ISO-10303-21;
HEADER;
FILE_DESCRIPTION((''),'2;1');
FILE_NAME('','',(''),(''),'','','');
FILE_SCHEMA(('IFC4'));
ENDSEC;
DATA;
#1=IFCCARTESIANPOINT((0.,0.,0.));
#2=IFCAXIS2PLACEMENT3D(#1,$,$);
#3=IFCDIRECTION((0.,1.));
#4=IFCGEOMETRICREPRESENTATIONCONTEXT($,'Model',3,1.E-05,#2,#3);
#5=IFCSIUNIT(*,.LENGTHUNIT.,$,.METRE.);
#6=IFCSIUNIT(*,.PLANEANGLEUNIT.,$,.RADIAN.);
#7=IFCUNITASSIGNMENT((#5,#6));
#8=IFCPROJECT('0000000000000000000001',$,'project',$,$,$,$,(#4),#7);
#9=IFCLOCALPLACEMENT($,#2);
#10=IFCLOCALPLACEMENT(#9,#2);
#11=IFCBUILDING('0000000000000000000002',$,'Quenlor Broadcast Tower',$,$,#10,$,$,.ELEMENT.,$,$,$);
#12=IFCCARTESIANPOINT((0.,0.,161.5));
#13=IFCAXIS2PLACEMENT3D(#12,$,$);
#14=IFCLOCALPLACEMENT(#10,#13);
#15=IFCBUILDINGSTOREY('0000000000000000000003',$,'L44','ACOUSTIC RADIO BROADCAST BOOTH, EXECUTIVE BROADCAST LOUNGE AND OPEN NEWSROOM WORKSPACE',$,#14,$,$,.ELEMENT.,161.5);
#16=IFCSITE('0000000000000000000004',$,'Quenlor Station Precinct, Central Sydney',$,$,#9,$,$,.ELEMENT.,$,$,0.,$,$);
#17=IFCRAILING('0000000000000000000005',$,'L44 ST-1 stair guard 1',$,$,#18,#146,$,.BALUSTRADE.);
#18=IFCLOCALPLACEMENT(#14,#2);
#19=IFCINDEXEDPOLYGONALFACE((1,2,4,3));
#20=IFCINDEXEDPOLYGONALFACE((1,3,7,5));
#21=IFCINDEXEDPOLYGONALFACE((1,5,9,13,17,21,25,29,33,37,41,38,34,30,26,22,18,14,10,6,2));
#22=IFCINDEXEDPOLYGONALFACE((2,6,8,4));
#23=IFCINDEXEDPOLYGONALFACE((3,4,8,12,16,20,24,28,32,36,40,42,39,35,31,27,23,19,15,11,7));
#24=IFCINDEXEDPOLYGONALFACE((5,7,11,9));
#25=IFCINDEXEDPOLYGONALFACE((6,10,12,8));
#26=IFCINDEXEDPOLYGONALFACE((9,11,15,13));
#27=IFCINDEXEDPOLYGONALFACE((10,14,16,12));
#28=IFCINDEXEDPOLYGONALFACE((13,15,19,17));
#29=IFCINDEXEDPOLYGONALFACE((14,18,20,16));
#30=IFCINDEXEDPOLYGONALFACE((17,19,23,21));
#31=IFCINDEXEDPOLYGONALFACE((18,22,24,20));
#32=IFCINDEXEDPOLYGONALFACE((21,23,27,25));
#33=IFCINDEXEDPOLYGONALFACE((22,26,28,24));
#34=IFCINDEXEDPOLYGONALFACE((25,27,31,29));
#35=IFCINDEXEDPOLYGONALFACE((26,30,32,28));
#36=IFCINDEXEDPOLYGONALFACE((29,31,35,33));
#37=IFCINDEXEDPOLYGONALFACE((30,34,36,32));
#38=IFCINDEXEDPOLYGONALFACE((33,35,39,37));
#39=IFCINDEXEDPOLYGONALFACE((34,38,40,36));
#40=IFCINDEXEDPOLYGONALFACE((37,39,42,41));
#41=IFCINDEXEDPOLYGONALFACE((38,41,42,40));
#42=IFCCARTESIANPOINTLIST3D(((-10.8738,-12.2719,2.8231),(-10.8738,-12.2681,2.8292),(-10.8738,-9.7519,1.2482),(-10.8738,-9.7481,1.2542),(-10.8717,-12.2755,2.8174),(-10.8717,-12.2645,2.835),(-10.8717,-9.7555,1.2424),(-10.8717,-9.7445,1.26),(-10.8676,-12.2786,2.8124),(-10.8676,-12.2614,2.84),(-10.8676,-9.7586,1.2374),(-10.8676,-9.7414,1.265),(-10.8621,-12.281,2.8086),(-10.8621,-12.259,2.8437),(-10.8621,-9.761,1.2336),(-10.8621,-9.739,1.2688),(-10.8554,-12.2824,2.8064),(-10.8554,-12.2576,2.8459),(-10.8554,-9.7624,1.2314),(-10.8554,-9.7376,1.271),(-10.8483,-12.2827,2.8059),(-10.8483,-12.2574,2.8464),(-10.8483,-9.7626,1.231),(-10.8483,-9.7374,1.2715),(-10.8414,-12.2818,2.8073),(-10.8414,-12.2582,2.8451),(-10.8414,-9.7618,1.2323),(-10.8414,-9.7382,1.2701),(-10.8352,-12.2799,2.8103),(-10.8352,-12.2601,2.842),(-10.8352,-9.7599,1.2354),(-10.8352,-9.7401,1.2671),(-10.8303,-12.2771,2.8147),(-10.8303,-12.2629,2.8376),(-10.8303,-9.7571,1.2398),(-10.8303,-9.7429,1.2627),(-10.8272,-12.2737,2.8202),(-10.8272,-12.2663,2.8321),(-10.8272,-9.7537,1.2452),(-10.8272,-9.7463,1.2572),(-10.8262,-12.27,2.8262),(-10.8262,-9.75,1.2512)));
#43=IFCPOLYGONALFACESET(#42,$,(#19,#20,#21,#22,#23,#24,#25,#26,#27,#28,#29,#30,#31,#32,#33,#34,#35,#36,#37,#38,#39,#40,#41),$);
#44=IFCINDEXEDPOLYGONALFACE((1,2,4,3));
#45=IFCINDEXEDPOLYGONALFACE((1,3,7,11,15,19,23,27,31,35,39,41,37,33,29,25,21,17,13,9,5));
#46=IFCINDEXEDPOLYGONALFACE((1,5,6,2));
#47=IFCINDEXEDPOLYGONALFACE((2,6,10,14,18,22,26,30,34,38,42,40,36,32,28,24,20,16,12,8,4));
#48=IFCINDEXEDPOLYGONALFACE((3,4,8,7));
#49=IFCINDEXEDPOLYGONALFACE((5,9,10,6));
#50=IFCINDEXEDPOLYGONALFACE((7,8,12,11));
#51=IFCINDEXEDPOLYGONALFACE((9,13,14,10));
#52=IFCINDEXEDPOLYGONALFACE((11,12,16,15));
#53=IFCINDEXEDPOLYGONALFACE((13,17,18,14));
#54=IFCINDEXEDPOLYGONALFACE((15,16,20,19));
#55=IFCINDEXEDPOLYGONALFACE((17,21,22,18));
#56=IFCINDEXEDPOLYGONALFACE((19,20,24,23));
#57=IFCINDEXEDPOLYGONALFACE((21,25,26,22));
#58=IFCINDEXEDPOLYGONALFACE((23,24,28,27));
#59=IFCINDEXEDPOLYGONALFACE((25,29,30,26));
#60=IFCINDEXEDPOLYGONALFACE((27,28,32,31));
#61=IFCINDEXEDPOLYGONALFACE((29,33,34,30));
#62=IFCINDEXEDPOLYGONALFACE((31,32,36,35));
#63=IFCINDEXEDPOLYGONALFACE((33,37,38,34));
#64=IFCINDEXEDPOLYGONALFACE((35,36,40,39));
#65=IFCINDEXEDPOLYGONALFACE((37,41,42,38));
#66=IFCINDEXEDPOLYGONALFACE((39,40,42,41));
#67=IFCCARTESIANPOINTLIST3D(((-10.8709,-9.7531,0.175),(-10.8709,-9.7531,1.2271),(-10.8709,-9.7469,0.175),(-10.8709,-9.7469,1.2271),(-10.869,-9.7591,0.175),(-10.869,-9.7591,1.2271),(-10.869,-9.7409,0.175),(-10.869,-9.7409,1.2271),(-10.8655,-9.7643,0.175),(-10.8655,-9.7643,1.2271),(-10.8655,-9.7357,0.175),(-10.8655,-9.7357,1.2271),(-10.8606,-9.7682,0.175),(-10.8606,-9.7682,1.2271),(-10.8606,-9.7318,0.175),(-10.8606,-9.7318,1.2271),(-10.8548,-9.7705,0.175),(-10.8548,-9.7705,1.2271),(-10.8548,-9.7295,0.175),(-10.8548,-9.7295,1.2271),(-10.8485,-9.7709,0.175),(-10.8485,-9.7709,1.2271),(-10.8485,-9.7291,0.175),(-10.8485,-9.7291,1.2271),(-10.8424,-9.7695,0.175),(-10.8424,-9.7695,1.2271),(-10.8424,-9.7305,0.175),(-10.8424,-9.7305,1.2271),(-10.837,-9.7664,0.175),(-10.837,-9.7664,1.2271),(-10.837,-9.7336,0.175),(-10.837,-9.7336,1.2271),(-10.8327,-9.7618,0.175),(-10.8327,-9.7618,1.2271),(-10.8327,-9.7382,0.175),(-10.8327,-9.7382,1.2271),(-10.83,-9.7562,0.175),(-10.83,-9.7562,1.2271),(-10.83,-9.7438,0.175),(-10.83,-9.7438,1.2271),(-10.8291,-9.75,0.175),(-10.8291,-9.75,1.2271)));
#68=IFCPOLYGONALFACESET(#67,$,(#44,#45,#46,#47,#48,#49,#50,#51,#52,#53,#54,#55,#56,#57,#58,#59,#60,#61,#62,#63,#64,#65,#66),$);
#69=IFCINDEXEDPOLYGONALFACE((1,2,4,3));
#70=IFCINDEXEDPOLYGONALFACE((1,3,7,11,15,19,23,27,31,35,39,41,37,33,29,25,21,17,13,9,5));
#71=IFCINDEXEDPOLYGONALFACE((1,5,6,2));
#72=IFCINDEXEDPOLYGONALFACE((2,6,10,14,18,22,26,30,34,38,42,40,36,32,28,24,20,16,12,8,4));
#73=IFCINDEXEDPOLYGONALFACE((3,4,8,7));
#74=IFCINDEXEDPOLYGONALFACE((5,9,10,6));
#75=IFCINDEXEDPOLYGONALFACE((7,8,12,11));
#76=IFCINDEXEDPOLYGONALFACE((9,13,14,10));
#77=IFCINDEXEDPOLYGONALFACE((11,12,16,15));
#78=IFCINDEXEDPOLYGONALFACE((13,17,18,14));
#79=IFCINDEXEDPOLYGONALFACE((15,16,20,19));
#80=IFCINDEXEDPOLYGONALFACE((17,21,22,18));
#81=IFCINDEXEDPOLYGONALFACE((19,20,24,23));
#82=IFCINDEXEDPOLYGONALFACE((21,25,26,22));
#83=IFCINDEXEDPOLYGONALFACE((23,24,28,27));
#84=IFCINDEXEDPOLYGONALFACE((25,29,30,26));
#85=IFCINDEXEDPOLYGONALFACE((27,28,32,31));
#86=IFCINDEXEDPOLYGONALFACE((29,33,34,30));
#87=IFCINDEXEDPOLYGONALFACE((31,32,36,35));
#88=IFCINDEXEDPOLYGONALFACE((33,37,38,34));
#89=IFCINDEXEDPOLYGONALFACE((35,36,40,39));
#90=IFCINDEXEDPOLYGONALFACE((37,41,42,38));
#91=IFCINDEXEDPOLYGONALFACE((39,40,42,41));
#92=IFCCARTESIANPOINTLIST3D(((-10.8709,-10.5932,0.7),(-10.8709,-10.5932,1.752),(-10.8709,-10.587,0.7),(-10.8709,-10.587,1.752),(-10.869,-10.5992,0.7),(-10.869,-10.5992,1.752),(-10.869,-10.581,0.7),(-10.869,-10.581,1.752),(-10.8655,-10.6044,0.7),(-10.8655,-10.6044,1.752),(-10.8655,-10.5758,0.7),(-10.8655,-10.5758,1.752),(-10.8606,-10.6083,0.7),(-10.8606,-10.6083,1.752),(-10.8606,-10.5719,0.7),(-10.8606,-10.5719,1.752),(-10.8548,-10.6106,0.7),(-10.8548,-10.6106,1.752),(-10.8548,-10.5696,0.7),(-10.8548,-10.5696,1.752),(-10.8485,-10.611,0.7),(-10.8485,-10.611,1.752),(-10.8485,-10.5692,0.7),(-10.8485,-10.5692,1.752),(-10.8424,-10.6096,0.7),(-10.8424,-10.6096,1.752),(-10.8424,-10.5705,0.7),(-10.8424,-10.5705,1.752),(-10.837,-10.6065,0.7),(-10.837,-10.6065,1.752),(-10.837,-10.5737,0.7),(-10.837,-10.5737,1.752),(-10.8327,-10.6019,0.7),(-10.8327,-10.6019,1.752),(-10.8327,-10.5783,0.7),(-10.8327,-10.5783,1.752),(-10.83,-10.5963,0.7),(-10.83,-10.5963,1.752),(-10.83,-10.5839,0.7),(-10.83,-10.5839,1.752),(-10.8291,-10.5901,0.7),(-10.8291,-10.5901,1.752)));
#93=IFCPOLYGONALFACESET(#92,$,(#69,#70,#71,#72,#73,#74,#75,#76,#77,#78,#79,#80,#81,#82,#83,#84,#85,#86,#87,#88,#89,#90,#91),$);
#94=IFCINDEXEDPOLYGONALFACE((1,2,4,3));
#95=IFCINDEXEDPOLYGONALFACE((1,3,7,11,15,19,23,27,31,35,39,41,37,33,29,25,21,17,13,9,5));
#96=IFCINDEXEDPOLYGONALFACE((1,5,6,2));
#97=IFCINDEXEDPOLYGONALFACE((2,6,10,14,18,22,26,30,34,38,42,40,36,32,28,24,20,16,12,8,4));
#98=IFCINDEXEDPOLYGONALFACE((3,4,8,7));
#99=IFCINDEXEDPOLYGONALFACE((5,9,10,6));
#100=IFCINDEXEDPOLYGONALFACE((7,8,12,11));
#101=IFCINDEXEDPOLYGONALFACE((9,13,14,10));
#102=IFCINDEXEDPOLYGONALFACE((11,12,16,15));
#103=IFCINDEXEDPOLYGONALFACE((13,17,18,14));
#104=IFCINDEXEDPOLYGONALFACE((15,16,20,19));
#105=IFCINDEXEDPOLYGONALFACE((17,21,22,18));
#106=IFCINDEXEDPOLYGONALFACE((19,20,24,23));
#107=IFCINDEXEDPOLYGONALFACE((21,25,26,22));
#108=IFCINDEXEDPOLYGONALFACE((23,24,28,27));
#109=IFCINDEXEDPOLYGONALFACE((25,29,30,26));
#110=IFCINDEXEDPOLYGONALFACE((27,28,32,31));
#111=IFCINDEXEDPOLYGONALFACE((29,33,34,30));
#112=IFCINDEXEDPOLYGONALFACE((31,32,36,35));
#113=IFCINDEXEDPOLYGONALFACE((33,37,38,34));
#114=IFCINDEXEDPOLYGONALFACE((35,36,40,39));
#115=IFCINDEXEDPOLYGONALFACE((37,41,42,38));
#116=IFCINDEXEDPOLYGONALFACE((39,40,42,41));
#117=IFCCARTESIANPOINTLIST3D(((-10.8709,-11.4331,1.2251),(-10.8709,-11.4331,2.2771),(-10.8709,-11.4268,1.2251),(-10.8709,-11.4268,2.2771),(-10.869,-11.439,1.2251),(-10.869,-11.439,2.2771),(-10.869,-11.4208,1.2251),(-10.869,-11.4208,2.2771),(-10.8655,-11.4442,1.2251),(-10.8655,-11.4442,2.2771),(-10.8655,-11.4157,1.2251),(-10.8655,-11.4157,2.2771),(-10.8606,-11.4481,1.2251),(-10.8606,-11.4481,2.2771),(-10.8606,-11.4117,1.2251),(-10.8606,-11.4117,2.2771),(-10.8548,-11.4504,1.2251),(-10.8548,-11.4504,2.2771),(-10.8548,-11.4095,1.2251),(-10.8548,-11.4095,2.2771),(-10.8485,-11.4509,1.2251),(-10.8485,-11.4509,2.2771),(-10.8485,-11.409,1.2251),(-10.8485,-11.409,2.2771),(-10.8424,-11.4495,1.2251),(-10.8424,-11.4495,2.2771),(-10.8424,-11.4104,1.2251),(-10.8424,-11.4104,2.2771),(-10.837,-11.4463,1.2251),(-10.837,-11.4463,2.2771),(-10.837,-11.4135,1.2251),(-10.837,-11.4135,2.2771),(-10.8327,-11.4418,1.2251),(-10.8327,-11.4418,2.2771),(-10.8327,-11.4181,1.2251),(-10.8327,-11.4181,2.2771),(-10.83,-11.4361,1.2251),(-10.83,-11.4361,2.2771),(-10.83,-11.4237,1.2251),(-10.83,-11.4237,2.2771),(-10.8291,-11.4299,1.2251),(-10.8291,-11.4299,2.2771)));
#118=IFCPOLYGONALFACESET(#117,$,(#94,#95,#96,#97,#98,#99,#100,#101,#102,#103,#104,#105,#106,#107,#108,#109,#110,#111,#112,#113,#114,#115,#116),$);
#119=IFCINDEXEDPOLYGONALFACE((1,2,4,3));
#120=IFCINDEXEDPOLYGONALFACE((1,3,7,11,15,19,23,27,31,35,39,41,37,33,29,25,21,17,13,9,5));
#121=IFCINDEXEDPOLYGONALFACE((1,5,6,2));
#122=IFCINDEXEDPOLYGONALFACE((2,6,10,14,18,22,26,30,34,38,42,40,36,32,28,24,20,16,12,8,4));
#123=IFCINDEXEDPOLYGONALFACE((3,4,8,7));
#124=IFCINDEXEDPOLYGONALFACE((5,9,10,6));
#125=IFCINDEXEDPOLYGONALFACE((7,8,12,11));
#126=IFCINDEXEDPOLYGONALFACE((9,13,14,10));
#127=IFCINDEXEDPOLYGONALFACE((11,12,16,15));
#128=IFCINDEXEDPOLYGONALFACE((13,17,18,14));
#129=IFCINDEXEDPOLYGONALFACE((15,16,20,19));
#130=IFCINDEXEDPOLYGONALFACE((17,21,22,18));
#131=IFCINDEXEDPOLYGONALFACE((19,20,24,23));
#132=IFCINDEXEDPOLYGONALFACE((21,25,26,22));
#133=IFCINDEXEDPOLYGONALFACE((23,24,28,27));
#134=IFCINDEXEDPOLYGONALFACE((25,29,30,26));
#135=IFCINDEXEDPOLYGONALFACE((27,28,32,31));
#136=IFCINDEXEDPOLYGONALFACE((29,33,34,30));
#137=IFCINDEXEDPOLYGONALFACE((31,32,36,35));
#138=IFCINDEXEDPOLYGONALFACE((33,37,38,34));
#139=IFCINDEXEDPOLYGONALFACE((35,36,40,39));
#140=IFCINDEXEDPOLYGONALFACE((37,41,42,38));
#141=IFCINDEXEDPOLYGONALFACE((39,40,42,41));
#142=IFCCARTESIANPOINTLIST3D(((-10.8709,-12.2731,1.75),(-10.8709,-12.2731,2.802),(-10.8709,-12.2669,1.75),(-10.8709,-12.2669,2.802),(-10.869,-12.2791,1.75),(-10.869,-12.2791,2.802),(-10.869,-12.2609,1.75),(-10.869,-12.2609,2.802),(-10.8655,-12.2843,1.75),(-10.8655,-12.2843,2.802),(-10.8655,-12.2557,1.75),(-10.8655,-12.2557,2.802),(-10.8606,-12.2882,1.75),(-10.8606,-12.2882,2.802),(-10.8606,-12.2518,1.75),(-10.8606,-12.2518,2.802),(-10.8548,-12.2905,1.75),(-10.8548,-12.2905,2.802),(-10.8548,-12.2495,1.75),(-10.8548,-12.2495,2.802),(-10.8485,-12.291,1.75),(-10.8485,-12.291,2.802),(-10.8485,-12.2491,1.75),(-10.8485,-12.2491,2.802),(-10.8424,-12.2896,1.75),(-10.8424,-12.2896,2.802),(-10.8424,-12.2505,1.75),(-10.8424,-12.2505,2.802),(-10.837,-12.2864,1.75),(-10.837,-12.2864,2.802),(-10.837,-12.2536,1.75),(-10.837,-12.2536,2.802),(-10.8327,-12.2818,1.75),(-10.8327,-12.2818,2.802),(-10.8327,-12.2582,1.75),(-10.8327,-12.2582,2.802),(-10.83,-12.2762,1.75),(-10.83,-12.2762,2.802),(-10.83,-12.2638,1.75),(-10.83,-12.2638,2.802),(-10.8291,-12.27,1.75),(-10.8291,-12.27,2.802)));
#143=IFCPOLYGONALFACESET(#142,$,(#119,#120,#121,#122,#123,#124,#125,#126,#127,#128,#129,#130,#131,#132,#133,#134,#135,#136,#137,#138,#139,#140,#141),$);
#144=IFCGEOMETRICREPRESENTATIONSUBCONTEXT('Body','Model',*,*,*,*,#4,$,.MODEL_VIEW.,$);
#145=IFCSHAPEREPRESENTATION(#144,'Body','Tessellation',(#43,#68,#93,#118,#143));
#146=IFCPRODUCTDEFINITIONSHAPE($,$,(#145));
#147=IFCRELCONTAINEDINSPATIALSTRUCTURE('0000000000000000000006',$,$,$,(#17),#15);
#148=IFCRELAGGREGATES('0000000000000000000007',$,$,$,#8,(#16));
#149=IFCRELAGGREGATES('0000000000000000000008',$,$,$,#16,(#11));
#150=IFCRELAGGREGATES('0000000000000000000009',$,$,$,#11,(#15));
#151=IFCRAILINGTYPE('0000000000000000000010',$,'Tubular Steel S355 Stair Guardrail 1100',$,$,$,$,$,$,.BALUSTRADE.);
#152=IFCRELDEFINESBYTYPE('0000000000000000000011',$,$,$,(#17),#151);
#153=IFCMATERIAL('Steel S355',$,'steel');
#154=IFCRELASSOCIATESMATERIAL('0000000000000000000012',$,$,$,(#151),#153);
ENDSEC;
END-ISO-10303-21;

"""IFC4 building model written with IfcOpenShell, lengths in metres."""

from ifc_helpers import new_model, si_unit, direction, frame, origin, origin_2d, place, context, subcontext, project, spatial, circle, extrude, material, type_object, element, save


model = new_model("IFC4")

# Units and contexts
model_context = context("Model", 3, precision=1e-05, world=origin(), true_north=direction((0.0, 1.0)))
body_context = subcontext(model_context, "Body", "Model", "MODEL_VIEW")
ifc_project = project(units=[si_unit("LENGTHUNIT", "METRE"), si_unit("PLANEANGLEUNIT", "RADIAN")], contexts=[model_context])

# Site, building, storey
site_placement = place(None, origin())
site = spatial("IfcSite", under=ifc_project, at=site_placement, Name="Quenlor Station Precinct, Central Sydney", CompositionType="ELEMENT", RefElevation=0.0)
building_placement = place(site_placement, origin())
building = spatial("IfcBuilding", under=site, at=building_placement, Name="Quenlor Broadcast Tower", CompositionType="ELEMENT")
storey_placement = place(building_placement, frame((0.0, 0.0, 161.5)))
storey = spatial("IfcBuildingStorey", under=building, at=storey_placement, Name="L44", Description="ACOUSTIC RADIO BROADCAST BOOTH, EXECUTIVE BROADCAST LOUNGE AND OPEN NEWSROOM WORKSPACE", CompositionType="ELEMENT", Elevation=161.5)

# Railing
ifc_material_1 = material(Name="Steel S355", Category="steel")
railing_type_1 = type_object("IfcRailingType", Name="Tubular Steel S355 Stair Guardrail 1100", PredefinedType="BALUSTRADE", material=ifc_material_1)
railing_1_placement = place(storey_placement, frame((-10.8501, -9.75, 0.175)))
element("IfcRailing", 1, at=railing_1_placement, inside=storey, type_object=railing_type_1, Name="L44 ST-1 stair guard 1", PredefinedType="BALUSTRADE", context=body_context, shape_type="SweptSolid", body=[
    extrude(circle(Radius=0.0239, at=origin_2d()), frame((0.0, 0.0, 1.0762), z_axis=(0.0, -0.848008, 0.529984), x_axis=(1.0, 0.0, 0.0)), (0.0, 0.0, 1.0), 2.9717),
    extrude(circle(Radius=0.021, at=origin_2d()), origin(), (0.0, 0.0, 1.0), 1.052),
    extrude(circle(Radius=0.021, at=origin_2d()), frame((0.0, -0.8401, 0.5249)), (0.0, 0.0, 1.0), 1.052),
    extrude(circle(Radius=0.021, at=origin_2d()), frame((0.0, -1.6799, 1.05)), (0.0, 0.0, 1.0), 1.052),
    extrude(circle(Radius=0.021, at=origin_2d()), frame((0.0, -2.52, 1.575)), (0.0, 0.0, 1.0), 1.052),
])

save(model, "model.ifc")
